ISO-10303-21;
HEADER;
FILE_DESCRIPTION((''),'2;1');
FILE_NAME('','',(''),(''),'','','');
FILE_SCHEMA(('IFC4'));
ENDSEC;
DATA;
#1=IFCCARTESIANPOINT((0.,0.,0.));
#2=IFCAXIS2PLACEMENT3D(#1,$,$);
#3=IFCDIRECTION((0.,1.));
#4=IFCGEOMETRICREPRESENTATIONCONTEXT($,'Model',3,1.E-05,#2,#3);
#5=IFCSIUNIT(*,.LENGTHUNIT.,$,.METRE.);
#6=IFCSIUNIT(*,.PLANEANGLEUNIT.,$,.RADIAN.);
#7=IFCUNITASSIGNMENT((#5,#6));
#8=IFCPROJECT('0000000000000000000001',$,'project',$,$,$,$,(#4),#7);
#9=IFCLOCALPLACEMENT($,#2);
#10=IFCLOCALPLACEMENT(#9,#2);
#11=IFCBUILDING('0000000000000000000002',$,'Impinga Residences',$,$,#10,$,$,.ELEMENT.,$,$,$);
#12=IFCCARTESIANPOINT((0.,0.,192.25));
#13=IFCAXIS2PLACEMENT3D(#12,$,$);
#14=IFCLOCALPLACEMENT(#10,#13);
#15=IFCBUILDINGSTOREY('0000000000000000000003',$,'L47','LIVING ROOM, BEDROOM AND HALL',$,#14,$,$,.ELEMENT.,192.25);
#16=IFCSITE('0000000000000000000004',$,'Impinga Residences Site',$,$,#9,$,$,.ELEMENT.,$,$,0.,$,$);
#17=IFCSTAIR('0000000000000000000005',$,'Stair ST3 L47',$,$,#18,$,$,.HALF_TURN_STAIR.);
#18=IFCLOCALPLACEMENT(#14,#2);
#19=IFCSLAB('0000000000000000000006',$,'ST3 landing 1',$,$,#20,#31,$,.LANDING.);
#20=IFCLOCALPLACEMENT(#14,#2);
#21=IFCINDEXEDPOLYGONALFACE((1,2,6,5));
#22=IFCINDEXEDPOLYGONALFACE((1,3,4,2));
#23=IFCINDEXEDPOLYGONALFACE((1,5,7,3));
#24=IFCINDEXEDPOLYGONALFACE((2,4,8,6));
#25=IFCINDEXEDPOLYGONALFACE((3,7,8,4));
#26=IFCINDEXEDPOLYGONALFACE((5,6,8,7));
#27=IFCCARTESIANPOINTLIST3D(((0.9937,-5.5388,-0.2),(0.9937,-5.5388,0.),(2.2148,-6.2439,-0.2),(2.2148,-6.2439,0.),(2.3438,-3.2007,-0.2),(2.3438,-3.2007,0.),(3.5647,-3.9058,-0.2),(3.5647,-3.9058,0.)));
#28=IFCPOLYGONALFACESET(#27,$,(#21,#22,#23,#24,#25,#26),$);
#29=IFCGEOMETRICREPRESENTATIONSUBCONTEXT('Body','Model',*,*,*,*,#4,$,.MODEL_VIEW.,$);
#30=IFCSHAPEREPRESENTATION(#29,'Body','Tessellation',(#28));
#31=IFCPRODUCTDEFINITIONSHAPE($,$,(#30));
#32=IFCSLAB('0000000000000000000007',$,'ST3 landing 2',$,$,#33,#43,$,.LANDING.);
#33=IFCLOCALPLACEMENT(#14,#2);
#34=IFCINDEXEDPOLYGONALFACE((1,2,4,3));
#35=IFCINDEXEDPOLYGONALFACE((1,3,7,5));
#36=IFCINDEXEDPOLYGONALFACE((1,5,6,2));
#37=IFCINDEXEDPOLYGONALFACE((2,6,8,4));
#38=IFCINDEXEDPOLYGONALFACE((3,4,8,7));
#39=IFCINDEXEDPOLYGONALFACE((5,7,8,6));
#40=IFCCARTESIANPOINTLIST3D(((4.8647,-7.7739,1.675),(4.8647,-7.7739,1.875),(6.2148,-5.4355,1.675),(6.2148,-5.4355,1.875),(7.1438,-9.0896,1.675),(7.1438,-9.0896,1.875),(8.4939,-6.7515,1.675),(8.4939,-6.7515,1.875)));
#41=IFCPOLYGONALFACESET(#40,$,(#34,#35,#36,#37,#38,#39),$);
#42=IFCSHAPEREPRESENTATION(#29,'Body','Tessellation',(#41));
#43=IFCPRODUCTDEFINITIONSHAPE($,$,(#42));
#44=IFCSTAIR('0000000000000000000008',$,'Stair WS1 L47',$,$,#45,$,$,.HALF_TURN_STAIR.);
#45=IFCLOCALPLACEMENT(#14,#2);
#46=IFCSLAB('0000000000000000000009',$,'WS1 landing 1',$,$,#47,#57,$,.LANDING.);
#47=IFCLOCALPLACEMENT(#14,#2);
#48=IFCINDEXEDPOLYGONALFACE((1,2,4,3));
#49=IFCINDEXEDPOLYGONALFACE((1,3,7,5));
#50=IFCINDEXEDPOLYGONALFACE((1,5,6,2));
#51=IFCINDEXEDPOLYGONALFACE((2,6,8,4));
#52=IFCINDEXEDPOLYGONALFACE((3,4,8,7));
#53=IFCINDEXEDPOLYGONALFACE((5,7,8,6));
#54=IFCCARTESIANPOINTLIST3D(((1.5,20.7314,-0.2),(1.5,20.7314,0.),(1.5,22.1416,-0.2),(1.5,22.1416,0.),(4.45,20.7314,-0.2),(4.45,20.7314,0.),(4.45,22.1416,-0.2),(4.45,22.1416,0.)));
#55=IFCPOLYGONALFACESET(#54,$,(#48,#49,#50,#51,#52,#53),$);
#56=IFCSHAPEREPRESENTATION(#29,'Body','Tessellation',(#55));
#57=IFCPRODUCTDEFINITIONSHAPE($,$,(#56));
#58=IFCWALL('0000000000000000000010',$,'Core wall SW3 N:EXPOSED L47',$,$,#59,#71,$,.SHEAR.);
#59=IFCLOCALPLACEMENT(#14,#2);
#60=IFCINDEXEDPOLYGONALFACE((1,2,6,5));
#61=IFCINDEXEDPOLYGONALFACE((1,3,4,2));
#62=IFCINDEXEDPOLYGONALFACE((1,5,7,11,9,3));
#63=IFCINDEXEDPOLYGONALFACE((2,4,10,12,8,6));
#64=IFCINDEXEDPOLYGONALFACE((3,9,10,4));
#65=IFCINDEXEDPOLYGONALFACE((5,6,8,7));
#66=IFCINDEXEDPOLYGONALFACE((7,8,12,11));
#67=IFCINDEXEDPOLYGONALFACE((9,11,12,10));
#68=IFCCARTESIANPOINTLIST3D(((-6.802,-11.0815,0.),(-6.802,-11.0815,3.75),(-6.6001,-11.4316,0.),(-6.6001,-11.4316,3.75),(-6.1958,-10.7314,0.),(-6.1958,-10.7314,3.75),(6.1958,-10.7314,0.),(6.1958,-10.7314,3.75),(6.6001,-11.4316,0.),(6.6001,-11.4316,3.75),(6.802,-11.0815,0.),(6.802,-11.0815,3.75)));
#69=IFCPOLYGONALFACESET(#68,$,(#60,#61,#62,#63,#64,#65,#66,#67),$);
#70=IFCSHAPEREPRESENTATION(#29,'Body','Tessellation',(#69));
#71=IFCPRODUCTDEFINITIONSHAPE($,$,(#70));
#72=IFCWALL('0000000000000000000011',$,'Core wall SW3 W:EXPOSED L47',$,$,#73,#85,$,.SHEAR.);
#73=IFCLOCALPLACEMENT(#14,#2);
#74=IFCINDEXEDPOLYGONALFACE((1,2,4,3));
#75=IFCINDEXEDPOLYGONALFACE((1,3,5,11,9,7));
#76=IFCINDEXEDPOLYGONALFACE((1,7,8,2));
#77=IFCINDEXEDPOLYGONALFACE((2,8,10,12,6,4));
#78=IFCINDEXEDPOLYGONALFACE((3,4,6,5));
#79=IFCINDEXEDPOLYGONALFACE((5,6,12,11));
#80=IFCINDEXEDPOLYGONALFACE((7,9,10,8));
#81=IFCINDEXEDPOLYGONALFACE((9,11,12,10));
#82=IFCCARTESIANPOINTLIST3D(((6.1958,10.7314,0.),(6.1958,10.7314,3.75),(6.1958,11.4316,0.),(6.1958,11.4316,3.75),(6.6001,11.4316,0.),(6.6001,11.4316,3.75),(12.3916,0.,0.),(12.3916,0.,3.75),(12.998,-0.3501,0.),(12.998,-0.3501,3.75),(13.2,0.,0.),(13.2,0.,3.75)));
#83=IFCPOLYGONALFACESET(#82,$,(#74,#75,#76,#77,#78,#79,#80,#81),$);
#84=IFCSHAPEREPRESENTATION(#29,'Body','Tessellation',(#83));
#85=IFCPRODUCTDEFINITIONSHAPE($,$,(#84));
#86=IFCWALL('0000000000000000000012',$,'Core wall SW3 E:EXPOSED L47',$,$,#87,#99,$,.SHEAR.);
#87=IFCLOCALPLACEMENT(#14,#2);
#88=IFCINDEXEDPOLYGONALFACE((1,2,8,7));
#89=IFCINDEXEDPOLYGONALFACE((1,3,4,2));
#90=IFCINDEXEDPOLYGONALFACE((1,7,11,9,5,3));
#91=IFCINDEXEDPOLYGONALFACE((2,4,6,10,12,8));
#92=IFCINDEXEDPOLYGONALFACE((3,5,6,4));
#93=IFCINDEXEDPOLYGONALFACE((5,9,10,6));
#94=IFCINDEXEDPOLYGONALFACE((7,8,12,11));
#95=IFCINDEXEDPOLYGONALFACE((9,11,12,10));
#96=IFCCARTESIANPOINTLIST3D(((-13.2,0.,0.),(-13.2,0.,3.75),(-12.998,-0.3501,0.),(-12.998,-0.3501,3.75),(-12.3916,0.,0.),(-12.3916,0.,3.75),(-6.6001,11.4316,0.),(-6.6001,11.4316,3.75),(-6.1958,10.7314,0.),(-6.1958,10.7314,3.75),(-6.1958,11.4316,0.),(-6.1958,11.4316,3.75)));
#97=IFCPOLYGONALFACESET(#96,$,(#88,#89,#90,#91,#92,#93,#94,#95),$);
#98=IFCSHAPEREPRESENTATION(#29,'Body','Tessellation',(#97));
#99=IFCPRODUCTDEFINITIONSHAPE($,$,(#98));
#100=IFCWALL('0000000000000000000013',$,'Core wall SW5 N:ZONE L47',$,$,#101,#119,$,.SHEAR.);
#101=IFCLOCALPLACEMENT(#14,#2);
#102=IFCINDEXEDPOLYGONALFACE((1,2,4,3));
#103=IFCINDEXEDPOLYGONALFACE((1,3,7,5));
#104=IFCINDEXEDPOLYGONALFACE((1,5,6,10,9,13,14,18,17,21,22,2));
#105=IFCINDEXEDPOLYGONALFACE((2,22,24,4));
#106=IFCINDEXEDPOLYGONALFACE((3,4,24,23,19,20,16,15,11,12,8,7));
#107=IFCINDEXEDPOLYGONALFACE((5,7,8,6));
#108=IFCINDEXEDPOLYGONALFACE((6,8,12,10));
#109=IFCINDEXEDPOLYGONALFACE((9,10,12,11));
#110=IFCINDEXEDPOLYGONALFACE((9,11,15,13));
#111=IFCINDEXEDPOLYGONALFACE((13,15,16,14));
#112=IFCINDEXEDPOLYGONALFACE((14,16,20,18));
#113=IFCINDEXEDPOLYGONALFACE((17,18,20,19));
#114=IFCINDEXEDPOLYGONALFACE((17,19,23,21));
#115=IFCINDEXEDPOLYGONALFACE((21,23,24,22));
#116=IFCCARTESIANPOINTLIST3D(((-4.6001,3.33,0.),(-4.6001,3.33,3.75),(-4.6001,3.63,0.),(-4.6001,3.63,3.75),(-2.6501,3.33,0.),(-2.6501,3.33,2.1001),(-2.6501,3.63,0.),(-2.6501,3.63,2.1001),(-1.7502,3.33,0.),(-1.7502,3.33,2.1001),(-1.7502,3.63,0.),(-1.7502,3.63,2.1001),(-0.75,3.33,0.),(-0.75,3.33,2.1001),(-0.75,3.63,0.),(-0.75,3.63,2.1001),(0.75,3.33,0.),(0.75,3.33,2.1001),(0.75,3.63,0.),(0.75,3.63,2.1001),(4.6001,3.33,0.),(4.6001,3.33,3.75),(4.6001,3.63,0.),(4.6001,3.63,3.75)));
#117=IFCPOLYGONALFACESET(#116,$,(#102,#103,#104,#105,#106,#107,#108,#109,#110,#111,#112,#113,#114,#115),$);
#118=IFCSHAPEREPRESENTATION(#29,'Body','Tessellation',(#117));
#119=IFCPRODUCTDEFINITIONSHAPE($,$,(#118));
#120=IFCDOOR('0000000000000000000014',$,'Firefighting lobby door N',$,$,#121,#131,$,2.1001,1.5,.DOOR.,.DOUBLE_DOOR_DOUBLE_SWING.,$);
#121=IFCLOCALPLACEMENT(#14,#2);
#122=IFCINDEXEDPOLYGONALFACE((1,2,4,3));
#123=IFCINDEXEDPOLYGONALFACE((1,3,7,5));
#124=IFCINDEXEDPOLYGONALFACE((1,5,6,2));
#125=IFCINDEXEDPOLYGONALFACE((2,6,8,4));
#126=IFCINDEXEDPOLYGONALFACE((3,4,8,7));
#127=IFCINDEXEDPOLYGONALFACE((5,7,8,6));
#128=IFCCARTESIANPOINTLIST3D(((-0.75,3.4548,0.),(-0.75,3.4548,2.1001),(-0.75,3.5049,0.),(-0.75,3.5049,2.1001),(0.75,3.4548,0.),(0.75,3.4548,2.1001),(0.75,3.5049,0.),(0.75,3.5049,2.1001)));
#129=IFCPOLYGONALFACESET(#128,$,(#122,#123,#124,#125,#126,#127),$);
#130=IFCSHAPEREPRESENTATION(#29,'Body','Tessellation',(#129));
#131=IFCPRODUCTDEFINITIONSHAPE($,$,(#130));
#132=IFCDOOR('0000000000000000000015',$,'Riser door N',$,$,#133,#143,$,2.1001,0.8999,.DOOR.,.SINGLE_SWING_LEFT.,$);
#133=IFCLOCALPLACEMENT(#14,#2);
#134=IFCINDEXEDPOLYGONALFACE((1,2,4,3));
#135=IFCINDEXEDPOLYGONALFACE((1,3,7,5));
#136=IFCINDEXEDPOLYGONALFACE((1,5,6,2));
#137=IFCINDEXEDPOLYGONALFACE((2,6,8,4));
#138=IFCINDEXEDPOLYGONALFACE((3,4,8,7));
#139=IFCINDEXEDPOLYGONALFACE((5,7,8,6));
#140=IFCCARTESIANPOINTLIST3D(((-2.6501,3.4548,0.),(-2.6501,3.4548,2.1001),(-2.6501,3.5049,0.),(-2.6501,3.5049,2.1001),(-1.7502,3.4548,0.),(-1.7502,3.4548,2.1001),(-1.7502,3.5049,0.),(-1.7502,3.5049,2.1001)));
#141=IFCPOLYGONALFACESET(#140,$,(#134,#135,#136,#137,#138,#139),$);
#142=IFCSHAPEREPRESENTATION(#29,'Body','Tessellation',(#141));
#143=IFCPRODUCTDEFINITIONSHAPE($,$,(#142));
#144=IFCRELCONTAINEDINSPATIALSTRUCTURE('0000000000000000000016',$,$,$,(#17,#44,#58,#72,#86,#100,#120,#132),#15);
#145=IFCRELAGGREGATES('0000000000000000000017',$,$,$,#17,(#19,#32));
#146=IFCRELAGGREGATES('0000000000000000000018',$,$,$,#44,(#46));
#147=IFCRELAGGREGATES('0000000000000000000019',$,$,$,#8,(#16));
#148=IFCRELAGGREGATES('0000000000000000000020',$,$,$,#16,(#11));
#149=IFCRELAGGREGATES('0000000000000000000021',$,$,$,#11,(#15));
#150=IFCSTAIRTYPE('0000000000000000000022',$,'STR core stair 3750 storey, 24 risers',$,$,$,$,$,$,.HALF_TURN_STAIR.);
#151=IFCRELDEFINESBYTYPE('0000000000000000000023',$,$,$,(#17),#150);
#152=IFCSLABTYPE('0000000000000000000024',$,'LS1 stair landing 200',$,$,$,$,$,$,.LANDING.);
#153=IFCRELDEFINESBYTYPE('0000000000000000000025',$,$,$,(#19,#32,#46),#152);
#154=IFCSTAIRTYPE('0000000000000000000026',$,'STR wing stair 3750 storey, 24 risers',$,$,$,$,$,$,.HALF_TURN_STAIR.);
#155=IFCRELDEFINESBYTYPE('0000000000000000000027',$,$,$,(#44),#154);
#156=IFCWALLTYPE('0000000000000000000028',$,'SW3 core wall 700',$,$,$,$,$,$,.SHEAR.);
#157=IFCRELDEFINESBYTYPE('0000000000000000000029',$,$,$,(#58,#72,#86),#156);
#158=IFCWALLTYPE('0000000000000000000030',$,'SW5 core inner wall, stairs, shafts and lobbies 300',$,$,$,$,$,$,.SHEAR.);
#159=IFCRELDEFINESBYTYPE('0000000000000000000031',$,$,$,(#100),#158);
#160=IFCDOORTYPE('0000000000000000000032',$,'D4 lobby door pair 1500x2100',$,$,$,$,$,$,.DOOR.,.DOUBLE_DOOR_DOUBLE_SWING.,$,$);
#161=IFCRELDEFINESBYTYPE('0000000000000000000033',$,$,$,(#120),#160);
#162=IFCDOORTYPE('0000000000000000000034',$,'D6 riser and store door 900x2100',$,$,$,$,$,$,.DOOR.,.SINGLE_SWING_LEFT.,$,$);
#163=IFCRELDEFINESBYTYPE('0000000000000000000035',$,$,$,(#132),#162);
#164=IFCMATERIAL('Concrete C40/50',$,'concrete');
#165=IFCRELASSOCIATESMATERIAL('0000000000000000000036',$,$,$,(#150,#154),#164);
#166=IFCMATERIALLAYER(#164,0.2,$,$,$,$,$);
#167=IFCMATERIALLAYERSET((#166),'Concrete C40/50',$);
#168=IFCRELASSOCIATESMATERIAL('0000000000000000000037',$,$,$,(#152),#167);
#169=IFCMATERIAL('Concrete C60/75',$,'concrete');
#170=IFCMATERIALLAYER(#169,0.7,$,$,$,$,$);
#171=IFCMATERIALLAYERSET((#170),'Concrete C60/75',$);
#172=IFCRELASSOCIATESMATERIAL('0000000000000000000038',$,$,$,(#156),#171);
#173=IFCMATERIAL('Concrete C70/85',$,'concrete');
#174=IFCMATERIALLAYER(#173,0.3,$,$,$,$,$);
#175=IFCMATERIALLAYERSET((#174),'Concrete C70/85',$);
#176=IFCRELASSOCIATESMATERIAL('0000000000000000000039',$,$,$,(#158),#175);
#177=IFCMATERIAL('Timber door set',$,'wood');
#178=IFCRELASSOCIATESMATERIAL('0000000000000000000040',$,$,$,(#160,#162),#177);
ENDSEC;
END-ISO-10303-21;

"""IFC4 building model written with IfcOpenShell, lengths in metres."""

from ifc_helpers import new_model, si_unit, direction, frame, frame_2d, origin, place, context, subcontext, project, spatial, polyline, rectangle, outline, extrude, material, layer, layer_set, type_object, element, fill, aggregate, save


model = new_model("IFC4")

# Units and contexts
model_context = context("Model", 3, precision=1e-05, world=origin(), true_north=direction((0.0, 1.0)))
body_context = subcontext(model_context, "Body", "Model", "MODEL_VIEW")
ifc_project = project(units=[si_unit("LENGTHUNIT", "METRE"), si_unit("PLANEANGLEUNIT", "RADIAN")], contexts=[model_context])

# Site, building, storey
site_placement = place(None, origin())
site = spatial("IfcSite", under=ifc_project, at=site_placement, Name="Impinga Residences Site", CompositionType="ELEMENT", RefElevation=0.0)
building_placement = place(site_placement, origin())
building = spatial("IfcBuilding", under=site, at=building_placement, Name="Impinga Residences", CompositionType="ELEMENT")
storey_placement = place(building_placement, frame((0.0, 0.0, 192.25)))
storey = spatial("IfcBuildingStorey", under=building, at=storey_placement, Name="L47", Description="LIVING ROOM, BEDROOM AND HALL", CompositionType="ELEMENT", Elevation=192.25)

# Shared definitions
ifc_material_1 = material(Name="Concrete C60/75", Category="concrete")

# Stair, slabs
ifc_material_2 = material(Name="Concrete C40/50", Category="concrete")
stair_type_1 = type_object("IfcStairType", Name="STR core stair 3750 storey, 24 risers", PredefinedType="HALF_TURN_STAIR", material=ifc_material_2)
ifc_layer_1 = layer(ifc_material_2, 0.2)
ifc_layer_set_1 = layer_set([ifc_layer_1], Name="Concrete C40/50")
slab_type_1 = type_object("IfcSlabType", Name="LS1 stair landing 200", PredefinedType="LANDING", material=ifc_layer_set_1)
stair_1_placement = place(storey_placement, origin())
stair_1 = element("IfcStair", 1, at=stair_1_placement, inside=storey, type_object=stair_type_1, Name="Stair ST3 L47", PredefinedType="HALF_TURN_STAIR")
slab_1_placement = place(storey_placement, frame((0.0, 0.0, -0.2)))
slab_1 = element("IfcSlab", 2, at=slab_1_placement, type_object=slab_type_1, Name="ST3 landing 1", PredefinedType="LANDING", context=body_context, shape_type="SweptSolid", body=[
    extrude(outline(polyline([(2.3438, -3.2007), (0.9937, -5.5388), (2.2148, -6.2439), (3.5647, -3.9058), (2.3438, -3.2007)])), origin(), (0.0, 0.0, 1.0), 0.2),
])
slab_2_placement = place(storey_placement, frame((0.0, 0.0, 1.675)))
slab_2 = element("IfcSlab", 3, at=slab_2_placement, type_object=slab_type_1, Name="ST3 landing 2", PredefinedType="LANDING", context=body_context, shape_type="SweptSolid", body=[
    extrude(outline(polyline([(6.2148, -5.4355), (4.8647, -7.7739), (7.1438, -9.0896), (8.4939, -6.7515), (6.2148, -5.4355)])), origin(), (0.0, 0.0, 1.0), 0.2),
])
aggregate(stair_1, [slab_1, slab_2])

# Stair, slab
stair_type_2 = type_object("IfcStairType", Name="STR wing stair 3750 storey, 24 risers", PredefinedType="HALF_TURN_STAIR", material=ifc_material_2)
stair_2_placement = place(storey_placement, origin())
stair_2 = element("IfcStair", 4, at=stair_2_placement, inside=storey, type_object=stair_type_2, Name="Stair WS1 L47", PredefinedType="HALF_TURN_STAIR")
slab_3_placement = place(storey_placement, frame((0.0, 0.0, -0.2)))
slab_3 = element("IfcSlab", 5, at=slab_3_placement, type_object=slab_type_1, Name="WS1 landing 1", PredefinedType="LANDING", context=body_context, shape_type="SweptSolid", body=[
    extrude(outline(polyline([(1.5, 20.7314), (4.45, 20.7314), (4.45, 22.1416), (1.5, 22.1416), (1.5, 20.7314)])), origin(), (0.0, 0.0, 1.0), 0.2),
])
aggregate(stair_2, [slab_3])

# Walls
ifc_layer_2 = layer(ifc_material_1, 0.7)
ifc_layer_set_2 = layer_set([ifc_layer_2], Name="Concrete C60/75")
wall_type_1 = type_object("IfcWallType", Name="SW3 core wall 700", PredefinedType="SHEAR", material=ifc_layer_set_2)
wall_1_placement = place(storey_placement, origin())
element("IfcWall", 6, at=wall_1_placement, inside=storey, type_object=wall_type_1, Name="Core wall SW3 N:EXPOSED L47", PredefinedType="SHEAR", context=body_context, shape_type="SweptSolid", body=[
    extrude(outline(polyline([(-6.6001, -11.4316), (6.6001, -11.4316), (6.802, -11.0815), (6.1958, -10.7314), (-6.1958, -10.7314), (-6.802, -11.0815), (-6.6001, -11.4316)])), origin(), (0.0, 0.0, 1.0), 3.75),
])
wall_2_placement = place(storey_placement, origin())
element("IfcWall", 7, at=wall_2_placement, inside=storey, type_object=wall_type_1, Name="Core wall SW3 W:EXPOSED L47", PredefinedType="SHEAR", context=body_context, shape_type="SweptSolid", body=[
    extrude(outline(polyline([(13.2, 0.0), (6.6001, 11.4316), (6.1958, 11.4316), (6.1958, 10.7314), (12.3916, 0.0), (12.998, -0.3501), (13.2, 0.0)])), origin(), (0.0, 0.0, 1.0), 3.75),
])
wall_3_placement = place(storey_placement, origin())
element("IfcWall", 8, at=wall_3_placement, inside=storey, type_object=wall_type_1, Name="Core wall SW3 E:EXPOSED L47", PredefinedType="SHEAR", context=body_context, shape_type="SweptSolid", body=[
    extrude(outline(polyline([(-6.6001, 11.4316), (-13.2, 0.0), (-12.998, -0.3501), (-12.3916, 0.0), (-6.1958, 10.7314), (-6.1958, 11.4316), (-6.6001, 11.4316)])), origin(), (0.0, 0.0, 1.0), 3.75),
])

# Wall, openings, doors
ifc_material_3 = material(Name="Concrete C70/85", Category="concrete")
ifc_layer_3 = layer(ifc_material_3, 0.3)
ifc_layer_set_3 = layer_set([ifc_layer_3], Name="Concrete C70/85")
wall_type_2 = type_object("IfcWallType", Name="SW5 core inner wall, stairs, shafts and lobbies 300", PredefinedType="SHEAR", material=ifc_layer_set_3)
wall_4_placement = place(storey_placement, frame((-4.6001, 3.48, 0.0), z_axis=(0.0, 0.0, 1.0), x_axis=(1.0, 0.0, 0.0)))
wall_4 = element("IfcWall", 9, at=wall_4_placement, inside=storey, type_object=wall_type_2, Name="Core wall SW5 N:ZONE L47", PredefinedType="SHEAR", context=body_context, shape_type="SweptSolid", body=[
    extrude(rectangle(XDim=9.2002, YDim=0.3, at=frame_2d((4.6001, 0.0))), origin(), (0.0, 0.0, 1.0), 3.75),
])
opening_1_placement = place(wall_4_placement, frame((3.8501, 0.0, 0.0)))
opening_1 = element("IfcOpeningElement", 10, at=opening_1_placement, cuts=wall_4, PredefinedType="OPENING", context=body_context, shape_type="SweptSolid", body=[
    extrude(rectangle(XDim=1.5, YDim=2.1001, at=frame_2d((0.75, 1.05))), frame((0.0, 0.1599, 0.0), z_axis=(0.0, -1.0, 0.0), x_axis=(1.0, 0.0, 0.0)), (0.0, 0.0, 1.0), 0.3201),
])
opening_2_placement = place(wall_4_placement, frame((1.95, 0.0, 0.0)))
opening_2 = element("IfcOpeningElement", 11, at=opening_2_placement, cuts=wall_4, PredefinedType="OPENING", context=body_context, shape_type="SweptSolid", body=[
    extrude(rectangle(XDim=0.8999, YDim=2.1001, at=frame_2d((0.45, 1.05))), frame((0.0, 0.1599, 0.0), z_axis=(0.0, -1.0, 0.0), x_axis=(1.0, 0.0, 0.0)), (0.0, 0.0, 1.0), 0.3201),
])
ifc_material_4 = material(Name="Timber door set", Category="wood")
door_type_1 = type_object("IfcDoorType", Name="D4 lobby door pair 1500x2100", OperationType="DOUBLE_DOOR_DOUBLE_SWING", PredefinedType="DOOR", material=ifc_material_4)
door_1_placement = place(opening_1_placement, origin())
door_1 = element("IfcDoor", 12, at=door_1_placement, inside=storey, type_object=door_type_1, Name="Firefighting lobby door N", OperationType="DOUBLE_DOOR_DOUBLE_SWING", OverallHeight=2.1001, OverallWidth=1.5, PredefinedType="DOOR", context=body_context, shape_type="SweptSolid", body=[
    extrude(rectangle(XDim=1.5, YDim=2.1001, at=frame_2d((0.75, 1.05))), frame((0.0, 0.0249, 0.0), z_axis=(0.0, -1.0, 0.0), x_axis=(1.0, 0.0, 0.0)), (0.0, 0.0, 1.0), 0.05),
])
fill(opening_1, door_1)
door_type_2 = type_object("IfcDoorType", Name="D6 riser and store door 900x2100", OperationType="SINGLE_SWING_LEFT", PredefinedType="DOOR", material=ifc_material_4)
door_2_placement = place(opening_2_placement, origin())
door_2 = element("IfcDoor", 13, at=door_2_placement, inside=storey, type_object=door_type_2, Name="Riser door N", OperationType="SINGLE_SWING_LEFT", OverallHeight=2.1001, OverallWidth=0.8999, PredefinedType="DOOR", context=body_context, shape_type="SweptSolid", body=[
    extrude(rectangle(XDim=0.8999, YDim=2.1001, at=frame_2d((0.45, 1.05))), frame((0.0, 0.0249, 0.0), z_axis=(0.0, -1.0, 0.0), x_axis=(1.0, 0.0, 0.0)), (0.0, 0.0, 1.0), 0.05),
])
fill(opening_2, door_2)

save(model, "model.ifc")
